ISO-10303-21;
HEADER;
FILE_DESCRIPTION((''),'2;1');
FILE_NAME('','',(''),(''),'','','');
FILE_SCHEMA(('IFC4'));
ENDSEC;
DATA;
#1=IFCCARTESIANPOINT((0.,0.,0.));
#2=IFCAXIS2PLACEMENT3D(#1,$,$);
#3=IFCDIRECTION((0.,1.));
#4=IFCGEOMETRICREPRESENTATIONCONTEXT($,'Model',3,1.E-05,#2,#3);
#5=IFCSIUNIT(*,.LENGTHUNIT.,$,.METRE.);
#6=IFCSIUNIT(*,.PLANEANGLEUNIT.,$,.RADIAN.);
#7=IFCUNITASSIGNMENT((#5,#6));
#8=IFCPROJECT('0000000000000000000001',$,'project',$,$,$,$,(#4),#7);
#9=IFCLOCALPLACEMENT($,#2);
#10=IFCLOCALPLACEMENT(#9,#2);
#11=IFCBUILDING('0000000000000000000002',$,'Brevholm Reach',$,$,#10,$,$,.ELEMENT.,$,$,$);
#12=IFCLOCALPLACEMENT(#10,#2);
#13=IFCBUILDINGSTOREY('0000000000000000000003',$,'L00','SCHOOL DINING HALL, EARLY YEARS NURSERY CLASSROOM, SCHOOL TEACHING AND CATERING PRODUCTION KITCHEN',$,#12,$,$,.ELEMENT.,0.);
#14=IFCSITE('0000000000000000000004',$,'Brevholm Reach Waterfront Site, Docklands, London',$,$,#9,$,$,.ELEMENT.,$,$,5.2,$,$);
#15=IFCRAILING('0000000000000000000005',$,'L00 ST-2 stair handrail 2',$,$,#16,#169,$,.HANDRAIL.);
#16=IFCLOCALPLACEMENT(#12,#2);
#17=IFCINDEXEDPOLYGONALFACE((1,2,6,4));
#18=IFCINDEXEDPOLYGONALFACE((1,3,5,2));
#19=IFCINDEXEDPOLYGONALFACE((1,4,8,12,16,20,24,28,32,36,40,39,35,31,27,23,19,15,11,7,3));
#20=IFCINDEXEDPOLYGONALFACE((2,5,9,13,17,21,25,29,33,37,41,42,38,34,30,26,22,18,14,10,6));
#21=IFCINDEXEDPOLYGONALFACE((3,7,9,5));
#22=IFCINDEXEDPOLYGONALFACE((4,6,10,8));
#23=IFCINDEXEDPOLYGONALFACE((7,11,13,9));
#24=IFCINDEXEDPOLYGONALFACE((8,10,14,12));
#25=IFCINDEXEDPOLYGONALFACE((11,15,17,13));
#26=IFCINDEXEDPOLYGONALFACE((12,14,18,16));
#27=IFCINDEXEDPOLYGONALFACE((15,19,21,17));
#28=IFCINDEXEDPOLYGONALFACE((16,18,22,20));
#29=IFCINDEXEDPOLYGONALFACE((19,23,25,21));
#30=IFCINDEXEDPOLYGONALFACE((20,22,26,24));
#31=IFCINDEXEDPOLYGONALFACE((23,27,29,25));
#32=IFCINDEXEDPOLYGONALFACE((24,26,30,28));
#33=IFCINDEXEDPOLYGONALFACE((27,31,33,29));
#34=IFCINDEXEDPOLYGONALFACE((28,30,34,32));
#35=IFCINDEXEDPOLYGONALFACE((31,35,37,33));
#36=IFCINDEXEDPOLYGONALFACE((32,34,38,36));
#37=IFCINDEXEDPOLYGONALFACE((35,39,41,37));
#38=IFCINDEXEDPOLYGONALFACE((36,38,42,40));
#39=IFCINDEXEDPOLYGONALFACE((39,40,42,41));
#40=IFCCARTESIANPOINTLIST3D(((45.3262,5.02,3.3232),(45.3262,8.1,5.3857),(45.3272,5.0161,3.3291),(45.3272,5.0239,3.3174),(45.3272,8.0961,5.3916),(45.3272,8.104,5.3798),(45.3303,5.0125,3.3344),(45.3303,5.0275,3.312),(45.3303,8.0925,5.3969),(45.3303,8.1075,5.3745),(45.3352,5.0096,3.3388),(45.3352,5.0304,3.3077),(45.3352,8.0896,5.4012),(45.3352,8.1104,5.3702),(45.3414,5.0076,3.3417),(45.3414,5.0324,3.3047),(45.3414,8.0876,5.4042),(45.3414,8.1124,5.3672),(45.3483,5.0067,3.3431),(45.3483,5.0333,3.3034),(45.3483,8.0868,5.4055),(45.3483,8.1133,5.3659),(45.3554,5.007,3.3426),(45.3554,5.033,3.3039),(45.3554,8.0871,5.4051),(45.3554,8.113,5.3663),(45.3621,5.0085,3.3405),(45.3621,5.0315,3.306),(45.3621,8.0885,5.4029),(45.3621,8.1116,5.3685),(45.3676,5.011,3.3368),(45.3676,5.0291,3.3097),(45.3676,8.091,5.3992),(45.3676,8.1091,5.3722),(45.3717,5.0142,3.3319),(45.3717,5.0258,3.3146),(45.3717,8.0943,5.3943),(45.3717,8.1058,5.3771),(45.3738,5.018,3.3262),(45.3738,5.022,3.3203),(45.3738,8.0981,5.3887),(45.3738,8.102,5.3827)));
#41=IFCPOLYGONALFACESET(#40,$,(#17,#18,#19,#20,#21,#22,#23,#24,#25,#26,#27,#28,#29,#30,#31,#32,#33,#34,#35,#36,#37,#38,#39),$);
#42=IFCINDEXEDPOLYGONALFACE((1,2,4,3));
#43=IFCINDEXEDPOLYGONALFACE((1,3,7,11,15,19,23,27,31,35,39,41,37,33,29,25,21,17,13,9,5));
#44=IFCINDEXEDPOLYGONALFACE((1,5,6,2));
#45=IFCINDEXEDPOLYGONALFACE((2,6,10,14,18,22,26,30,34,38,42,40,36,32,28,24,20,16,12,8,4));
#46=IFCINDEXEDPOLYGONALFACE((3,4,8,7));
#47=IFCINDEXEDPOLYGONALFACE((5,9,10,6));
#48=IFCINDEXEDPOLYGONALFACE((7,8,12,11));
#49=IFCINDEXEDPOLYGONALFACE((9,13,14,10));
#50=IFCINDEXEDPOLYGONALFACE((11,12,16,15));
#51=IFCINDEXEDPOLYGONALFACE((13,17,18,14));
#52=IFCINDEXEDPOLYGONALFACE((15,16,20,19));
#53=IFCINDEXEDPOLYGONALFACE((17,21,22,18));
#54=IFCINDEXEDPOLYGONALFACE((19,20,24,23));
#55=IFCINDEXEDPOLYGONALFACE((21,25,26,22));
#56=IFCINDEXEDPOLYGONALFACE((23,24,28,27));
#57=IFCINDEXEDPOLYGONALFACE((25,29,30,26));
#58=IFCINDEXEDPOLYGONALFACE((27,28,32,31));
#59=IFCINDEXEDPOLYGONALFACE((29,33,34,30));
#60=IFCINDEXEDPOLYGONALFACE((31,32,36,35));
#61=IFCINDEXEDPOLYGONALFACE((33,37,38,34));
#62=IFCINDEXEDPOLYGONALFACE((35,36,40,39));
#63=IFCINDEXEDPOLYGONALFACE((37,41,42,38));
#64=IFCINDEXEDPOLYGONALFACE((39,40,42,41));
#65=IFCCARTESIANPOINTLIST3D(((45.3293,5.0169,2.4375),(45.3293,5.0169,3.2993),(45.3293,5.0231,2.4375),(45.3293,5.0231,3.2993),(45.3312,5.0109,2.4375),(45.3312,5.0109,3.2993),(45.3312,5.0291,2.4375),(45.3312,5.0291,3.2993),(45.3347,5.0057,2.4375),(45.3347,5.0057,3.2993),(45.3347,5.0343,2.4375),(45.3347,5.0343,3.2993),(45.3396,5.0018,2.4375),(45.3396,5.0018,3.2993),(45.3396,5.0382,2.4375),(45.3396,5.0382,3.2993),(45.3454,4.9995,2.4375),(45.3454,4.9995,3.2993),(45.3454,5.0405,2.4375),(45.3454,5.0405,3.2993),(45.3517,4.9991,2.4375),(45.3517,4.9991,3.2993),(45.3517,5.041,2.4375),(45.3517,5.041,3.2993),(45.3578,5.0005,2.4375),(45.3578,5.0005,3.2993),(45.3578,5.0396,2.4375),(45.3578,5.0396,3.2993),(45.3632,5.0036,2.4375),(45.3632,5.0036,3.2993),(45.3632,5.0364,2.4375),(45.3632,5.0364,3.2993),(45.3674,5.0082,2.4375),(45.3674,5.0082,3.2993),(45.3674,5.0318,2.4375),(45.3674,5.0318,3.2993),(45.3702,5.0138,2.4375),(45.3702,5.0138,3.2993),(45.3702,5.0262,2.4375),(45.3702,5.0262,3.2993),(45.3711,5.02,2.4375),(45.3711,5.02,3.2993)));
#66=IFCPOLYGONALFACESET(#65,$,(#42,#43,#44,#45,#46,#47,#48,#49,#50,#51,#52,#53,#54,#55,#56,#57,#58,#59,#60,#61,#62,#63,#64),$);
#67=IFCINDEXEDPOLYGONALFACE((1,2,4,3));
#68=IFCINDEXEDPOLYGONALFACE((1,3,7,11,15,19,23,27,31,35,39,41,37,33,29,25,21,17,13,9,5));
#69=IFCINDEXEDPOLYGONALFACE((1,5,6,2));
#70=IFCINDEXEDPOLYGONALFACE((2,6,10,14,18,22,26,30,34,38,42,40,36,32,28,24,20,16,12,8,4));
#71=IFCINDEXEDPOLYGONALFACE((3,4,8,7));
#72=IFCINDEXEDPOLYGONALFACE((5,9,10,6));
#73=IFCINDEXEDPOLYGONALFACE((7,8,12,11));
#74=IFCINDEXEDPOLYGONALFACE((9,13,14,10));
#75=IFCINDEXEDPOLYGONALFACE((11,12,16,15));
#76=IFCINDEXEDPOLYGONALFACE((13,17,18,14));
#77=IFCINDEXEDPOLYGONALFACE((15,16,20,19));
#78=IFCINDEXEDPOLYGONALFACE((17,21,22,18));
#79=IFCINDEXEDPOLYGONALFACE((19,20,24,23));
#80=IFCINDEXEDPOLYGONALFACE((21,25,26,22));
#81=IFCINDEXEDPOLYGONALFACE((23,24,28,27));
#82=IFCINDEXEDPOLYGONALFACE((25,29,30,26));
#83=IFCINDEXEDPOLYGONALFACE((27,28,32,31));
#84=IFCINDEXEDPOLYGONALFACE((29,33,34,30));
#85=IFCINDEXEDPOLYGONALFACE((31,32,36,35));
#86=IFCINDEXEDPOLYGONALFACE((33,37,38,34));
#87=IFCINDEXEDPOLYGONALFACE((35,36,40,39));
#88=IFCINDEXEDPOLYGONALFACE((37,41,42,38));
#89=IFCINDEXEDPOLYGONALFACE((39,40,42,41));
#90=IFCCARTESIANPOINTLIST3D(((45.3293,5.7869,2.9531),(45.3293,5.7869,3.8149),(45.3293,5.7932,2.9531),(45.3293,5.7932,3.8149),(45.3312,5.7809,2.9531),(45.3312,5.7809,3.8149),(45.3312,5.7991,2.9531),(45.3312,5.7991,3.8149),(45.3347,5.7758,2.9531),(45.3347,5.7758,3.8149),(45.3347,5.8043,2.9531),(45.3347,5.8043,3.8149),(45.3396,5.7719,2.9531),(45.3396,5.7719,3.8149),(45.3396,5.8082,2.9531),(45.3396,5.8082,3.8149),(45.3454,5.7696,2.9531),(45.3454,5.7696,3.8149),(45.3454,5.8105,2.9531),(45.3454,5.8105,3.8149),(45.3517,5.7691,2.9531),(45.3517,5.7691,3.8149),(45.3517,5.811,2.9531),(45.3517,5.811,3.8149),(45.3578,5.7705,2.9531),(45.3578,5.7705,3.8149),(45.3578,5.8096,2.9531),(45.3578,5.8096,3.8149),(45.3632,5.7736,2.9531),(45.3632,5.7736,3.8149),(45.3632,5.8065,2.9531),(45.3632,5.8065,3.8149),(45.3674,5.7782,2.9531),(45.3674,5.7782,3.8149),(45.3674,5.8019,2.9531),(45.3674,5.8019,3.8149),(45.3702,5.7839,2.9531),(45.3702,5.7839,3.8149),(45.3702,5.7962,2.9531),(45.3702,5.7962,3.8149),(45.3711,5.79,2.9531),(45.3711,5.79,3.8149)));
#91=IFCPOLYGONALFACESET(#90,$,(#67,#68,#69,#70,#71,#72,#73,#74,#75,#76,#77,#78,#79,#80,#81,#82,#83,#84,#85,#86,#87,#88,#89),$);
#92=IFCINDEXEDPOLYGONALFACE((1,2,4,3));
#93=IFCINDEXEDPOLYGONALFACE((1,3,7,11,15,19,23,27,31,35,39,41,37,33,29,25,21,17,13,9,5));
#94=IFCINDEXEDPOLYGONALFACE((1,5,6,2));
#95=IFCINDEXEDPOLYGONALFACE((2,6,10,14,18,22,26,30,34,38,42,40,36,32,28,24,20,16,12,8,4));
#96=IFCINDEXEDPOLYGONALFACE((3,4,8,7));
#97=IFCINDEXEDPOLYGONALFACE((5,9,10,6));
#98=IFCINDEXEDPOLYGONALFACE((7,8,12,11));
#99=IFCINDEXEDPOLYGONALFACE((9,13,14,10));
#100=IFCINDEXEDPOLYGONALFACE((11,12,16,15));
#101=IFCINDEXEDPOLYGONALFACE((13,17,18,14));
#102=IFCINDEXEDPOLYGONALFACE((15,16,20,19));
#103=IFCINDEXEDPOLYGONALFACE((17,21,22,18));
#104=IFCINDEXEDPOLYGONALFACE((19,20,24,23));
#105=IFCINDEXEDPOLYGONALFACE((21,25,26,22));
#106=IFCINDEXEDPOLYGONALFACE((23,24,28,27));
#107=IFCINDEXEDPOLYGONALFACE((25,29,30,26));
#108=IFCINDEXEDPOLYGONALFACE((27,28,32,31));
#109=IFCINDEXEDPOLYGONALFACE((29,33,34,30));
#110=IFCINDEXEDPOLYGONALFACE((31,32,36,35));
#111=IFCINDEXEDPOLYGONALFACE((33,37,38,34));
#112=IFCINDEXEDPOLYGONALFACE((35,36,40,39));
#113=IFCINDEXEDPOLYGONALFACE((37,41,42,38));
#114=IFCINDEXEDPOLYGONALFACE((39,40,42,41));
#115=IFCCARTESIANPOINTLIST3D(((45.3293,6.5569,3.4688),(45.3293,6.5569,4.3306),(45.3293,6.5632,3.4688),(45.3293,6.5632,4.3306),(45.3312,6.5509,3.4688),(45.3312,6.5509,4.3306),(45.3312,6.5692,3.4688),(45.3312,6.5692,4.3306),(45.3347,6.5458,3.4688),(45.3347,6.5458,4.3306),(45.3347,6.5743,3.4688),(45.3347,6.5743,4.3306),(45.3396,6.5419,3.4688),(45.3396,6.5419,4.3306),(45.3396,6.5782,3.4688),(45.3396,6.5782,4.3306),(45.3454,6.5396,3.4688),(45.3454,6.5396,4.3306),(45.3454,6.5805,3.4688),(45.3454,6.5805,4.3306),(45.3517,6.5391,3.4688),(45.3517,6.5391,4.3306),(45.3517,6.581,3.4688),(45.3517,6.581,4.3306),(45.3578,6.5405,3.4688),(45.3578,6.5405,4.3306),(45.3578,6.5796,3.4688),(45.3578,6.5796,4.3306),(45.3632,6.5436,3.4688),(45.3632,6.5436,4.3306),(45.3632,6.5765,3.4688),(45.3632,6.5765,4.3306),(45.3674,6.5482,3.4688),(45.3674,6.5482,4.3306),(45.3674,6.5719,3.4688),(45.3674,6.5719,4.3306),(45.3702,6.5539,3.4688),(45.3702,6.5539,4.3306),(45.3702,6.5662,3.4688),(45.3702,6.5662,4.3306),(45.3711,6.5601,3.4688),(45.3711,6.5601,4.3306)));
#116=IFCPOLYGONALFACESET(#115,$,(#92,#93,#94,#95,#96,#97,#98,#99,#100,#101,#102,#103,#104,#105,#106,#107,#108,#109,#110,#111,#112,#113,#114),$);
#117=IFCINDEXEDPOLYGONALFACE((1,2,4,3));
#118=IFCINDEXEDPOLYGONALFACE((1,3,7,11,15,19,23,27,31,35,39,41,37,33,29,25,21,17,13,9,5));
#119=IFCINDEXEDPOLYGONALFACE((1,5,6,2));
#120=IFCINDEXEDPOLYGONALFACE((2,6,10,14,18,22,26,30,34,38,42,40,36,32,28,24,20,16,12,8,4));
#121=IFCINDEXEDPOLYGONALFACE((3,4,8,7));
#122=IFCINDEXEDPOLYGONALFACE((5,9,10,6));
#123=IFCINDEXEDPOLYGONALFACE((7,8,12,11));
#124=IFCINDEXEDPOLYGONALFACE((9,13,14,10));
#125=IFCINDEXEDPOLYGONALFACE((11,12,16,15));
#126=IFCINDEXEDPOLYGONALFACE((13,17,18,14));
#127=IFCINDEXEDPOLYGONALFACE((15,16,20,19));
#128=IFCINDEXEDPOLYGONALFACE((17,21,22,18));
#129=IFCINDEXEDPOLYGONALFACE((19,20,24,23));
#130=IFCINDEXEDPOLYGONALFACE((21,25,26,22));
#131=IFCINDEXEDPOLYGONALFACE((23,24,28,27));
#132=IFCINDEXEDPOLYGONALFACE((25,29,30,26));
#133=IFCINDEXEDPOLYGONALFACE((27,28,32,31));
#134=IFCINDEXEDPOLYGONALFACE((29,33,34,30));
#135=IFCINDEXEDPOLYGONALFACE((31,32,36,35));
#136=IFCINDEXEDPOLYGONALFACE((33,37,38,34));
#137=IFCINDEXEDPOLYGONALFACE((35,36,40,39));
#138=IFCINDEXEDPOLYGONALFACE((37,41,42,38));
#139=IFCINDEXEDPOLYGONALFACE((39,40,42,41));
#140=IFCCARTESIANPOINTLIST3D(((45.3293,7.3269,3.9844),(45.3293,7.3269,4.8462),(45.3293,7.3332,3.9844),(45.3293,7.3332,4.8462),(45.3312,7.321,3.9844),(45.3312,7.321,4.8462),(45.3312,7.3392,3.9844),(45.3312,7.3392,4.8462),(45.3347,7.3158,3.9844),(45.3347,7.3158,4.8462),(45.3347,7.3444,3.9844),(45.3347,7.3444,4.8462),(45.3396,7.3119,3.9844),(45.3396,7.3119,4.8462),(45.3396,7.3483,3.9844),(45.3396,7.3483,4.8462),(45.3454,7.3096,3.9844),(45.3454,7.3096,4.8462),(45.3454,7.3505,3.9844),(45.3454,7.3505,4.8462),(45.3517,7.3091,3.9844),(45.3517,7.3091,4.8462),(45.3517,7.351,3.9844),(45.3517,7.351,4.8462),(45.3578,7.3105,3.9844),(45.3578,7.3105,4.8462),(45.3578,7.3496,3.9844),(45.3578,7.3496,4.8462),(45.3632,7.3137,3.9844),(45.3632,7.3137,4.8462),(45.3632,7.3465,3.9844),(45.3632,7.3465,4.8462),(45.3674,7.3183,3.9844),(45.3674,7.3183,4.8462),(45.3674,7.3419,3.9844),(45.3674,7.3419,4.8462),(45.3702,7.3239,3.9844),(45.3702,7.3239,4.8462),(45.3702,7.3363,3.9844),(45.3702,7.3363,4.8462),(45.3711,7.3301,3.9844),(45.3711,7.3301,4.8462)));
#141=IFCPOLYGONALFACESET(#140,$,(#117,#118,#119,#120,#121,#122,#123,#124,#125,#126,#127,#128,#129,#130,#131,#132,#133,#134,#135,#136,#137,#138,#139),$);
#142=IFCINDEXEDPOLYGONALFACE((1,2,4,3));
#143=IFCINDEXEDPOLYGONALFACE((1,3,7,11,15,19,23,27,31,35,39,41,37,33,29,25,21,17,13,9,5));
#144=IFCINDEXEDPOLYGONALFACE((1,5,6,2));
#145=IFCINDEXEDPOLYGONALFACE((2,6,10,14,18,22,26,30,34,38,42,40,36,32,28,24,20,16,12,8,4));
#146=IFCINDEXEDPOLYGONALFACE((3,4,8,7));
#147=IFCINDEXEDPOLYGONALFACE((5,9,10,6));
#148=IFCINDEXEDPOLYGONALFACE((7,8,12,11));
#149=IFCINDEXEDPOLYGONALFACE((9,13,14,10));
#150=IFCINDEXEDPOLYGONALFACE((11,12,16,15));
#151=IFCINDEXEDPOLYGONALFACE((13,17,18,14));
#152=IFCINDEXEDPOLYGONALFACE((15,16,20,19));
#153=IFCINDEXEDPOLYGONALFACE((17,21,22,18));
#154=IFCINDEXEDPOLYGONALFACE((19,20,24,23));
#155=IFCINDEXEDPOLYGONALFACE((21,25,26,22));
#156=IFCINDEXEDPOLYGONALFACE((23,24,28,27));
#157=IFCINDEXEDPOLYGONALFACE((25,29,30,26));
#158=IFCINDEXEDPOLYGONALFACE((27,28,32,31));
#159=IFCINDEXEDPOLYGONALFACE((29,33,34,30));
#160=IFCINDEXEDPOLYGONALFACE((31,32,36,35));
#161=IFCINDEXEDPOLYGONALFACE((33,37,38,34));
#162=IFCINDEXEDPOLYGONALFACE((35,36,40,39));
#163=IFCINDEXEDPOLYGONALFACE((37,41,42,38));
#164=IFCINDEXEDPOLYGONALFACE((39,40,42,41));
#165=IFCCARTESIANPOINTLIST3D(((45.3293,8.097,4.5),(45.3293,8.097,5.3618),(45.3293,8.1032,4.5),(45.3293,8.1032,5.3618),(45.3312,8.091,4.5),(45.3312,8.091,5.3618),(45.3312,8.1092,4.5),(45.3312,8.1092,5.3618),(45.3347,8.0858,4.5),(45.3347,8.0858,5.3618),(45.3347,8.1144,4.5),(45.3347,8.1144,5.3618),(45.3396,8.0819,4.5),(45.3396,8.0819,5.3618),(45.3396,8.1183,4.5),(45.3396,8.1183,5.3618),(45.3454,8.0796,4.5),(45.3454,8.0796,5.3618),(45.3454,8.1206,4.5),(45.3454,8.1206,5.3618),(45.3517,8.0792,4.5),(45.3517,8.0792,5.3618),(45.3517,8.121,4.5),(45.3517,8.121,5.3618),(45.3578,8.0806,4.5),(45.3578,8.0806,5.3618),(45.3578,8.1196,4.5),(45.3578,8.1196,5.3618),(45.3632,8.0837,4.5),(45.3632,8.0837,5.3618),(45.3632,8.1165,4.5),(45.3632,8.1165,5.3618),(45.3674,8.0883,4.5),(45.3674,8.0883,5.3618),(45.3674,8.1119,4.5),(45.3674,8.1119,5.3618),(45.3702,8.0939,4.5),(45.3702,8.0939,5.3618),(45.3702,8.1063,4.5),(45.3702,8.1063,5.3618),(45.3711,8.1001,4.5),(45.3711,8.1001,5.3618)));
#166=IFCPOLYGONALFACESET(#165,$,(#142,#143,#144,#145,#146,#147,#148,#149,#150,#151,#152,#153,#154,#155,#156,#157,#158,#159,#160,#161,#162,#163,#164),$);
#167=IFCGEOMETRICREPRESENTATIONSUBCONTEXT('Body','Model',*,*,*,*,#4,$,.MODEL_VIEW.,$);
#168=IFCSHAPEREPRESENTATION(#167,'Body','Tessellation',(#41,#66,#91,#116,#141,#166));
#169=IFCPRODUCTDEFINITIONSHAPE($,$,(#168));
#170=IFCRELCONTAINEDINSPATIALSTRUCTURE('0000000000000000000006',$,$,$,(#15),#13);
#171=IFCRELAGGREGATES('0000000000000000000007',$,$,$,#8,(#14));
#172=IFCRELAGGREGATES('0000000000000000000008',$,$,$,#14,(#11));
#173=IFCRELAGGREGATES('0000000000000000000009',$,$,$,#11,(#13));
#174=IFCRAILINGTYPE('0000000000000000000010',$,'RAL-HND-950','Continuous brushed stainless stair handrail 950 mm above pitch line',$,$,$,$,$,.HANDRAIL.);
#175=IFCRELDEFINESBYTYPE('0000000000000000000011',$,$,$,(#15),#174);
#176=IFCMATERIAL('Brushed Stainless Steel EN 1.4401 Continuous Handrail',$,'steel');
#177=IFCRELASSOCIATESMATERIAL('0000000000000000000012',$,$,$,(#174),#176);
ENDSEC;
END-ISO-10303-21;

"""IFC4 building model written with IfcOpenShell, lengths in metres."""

from ifc_helpers import new_model, si_unit, direction, frame, origin, origin_2d, place, context, subcontext, project, spatial, circle, extrude, material, type_object, element, save


model = new_model("IFC4")

# Units and contexts
model_context = context("Model", 3, precision=1e-05, world=origin(), true_north=direction((0.0, 1.0)))
body_context = subcontext(model_context, "Body", "Model", "MODEL_VIEW")
ifc_project = project(units=[si_unit("LENGTHUNIT", "METRE"), si_unit("PLANEANGLEUNIT", "RADIAN")], contexts=[model_context])

# Site, building, storey
site_placement = place(None, origin())
site = spatial("IfcSite", under=ifc_project, at=site_placement, Name="Brevholm Reach Waterfront Site, Docklands, London", CompositionType="ELEMENT", RefElevation=5.2)
building_placement = place(site_placement, origin())
building = spatial("IfcBuilding", under=site, at=building_placement, Name="Brevholm Reach", CompositionType="ELEMENT")
storey_placement = place(building_placement, origin())
storey = spatial("IfcBuildingStorey", under=building, at=storey_placement, Name="L00", Description="SCHOOL DINING HALL, EARLY YEARS NURSERY CLASSROOM, SCHOOL TEACHING AND CATERING PRODUCTION KITCHEN", CompositionType="ELEMENT", Elevation=0.0)

# Railing
ifc_material_1 = material(Name="Brushed Stainless Steel EN 1.4401 Continuous Handrail", Category="steel")
railing_type_1 = type_object("IfcRailingType", Name="RAL-HND-950", Description="Continuous brushed stainless stair handrail 950 mm above pitch line", PredefinedType="HANDRAIL", material=ifc_material_1)
railing_1_placement = place(storey_placement, frame((45.3501, 5.02, 2.4375)))
element("IfcRailing", 1, at=railing_1_placement, inside=storey, type_object=railing_type_1, Name="L00 ST-2 stair handrail 2", PredefinedType="HANDRAIL", context=body_context, shape_type="SweptSolid", body=[
    extrude(circle(Radius=0.0239, at=origin_2d()), frame((0.0, 0.0, 0.8857), z_axis=(0.0, 0.830914, 0.556401), x_axis=(-1.0, 0.0, 0.0)), (0.0, 0.0, 1.0), 3.7068),
    extrude(circle(Radius=0.021, at=origin_2d()), origin(), (0.0, 0.0, 1.0), 0.8618),
    extrude(circle(Radius=0.021, at=origin_2d()), frame((0.0, 0.77, 0.5156)), (0.0, 0.0, 1.0), 0.8618),
    extrude(circle(Radius=0.021, at=origin_2d()), frame((0.0, 1.54, 1.0312)), (0.0, 0.0, 1.0), 0.8618),
    extrude(circle(Radius=0.021, at=origin_2d()), frame((0.0, 2.3101, 1.5469)), (0.0, 0.0, 1.0), 0.8618),
    extrude(circle(Radius=0.021, at=origin_2d()), frame((0.0, 3.0801, 2.0625)), (0.0, 0.0, 1.0), 0.8618),
])

save(model, "model.ifc")
